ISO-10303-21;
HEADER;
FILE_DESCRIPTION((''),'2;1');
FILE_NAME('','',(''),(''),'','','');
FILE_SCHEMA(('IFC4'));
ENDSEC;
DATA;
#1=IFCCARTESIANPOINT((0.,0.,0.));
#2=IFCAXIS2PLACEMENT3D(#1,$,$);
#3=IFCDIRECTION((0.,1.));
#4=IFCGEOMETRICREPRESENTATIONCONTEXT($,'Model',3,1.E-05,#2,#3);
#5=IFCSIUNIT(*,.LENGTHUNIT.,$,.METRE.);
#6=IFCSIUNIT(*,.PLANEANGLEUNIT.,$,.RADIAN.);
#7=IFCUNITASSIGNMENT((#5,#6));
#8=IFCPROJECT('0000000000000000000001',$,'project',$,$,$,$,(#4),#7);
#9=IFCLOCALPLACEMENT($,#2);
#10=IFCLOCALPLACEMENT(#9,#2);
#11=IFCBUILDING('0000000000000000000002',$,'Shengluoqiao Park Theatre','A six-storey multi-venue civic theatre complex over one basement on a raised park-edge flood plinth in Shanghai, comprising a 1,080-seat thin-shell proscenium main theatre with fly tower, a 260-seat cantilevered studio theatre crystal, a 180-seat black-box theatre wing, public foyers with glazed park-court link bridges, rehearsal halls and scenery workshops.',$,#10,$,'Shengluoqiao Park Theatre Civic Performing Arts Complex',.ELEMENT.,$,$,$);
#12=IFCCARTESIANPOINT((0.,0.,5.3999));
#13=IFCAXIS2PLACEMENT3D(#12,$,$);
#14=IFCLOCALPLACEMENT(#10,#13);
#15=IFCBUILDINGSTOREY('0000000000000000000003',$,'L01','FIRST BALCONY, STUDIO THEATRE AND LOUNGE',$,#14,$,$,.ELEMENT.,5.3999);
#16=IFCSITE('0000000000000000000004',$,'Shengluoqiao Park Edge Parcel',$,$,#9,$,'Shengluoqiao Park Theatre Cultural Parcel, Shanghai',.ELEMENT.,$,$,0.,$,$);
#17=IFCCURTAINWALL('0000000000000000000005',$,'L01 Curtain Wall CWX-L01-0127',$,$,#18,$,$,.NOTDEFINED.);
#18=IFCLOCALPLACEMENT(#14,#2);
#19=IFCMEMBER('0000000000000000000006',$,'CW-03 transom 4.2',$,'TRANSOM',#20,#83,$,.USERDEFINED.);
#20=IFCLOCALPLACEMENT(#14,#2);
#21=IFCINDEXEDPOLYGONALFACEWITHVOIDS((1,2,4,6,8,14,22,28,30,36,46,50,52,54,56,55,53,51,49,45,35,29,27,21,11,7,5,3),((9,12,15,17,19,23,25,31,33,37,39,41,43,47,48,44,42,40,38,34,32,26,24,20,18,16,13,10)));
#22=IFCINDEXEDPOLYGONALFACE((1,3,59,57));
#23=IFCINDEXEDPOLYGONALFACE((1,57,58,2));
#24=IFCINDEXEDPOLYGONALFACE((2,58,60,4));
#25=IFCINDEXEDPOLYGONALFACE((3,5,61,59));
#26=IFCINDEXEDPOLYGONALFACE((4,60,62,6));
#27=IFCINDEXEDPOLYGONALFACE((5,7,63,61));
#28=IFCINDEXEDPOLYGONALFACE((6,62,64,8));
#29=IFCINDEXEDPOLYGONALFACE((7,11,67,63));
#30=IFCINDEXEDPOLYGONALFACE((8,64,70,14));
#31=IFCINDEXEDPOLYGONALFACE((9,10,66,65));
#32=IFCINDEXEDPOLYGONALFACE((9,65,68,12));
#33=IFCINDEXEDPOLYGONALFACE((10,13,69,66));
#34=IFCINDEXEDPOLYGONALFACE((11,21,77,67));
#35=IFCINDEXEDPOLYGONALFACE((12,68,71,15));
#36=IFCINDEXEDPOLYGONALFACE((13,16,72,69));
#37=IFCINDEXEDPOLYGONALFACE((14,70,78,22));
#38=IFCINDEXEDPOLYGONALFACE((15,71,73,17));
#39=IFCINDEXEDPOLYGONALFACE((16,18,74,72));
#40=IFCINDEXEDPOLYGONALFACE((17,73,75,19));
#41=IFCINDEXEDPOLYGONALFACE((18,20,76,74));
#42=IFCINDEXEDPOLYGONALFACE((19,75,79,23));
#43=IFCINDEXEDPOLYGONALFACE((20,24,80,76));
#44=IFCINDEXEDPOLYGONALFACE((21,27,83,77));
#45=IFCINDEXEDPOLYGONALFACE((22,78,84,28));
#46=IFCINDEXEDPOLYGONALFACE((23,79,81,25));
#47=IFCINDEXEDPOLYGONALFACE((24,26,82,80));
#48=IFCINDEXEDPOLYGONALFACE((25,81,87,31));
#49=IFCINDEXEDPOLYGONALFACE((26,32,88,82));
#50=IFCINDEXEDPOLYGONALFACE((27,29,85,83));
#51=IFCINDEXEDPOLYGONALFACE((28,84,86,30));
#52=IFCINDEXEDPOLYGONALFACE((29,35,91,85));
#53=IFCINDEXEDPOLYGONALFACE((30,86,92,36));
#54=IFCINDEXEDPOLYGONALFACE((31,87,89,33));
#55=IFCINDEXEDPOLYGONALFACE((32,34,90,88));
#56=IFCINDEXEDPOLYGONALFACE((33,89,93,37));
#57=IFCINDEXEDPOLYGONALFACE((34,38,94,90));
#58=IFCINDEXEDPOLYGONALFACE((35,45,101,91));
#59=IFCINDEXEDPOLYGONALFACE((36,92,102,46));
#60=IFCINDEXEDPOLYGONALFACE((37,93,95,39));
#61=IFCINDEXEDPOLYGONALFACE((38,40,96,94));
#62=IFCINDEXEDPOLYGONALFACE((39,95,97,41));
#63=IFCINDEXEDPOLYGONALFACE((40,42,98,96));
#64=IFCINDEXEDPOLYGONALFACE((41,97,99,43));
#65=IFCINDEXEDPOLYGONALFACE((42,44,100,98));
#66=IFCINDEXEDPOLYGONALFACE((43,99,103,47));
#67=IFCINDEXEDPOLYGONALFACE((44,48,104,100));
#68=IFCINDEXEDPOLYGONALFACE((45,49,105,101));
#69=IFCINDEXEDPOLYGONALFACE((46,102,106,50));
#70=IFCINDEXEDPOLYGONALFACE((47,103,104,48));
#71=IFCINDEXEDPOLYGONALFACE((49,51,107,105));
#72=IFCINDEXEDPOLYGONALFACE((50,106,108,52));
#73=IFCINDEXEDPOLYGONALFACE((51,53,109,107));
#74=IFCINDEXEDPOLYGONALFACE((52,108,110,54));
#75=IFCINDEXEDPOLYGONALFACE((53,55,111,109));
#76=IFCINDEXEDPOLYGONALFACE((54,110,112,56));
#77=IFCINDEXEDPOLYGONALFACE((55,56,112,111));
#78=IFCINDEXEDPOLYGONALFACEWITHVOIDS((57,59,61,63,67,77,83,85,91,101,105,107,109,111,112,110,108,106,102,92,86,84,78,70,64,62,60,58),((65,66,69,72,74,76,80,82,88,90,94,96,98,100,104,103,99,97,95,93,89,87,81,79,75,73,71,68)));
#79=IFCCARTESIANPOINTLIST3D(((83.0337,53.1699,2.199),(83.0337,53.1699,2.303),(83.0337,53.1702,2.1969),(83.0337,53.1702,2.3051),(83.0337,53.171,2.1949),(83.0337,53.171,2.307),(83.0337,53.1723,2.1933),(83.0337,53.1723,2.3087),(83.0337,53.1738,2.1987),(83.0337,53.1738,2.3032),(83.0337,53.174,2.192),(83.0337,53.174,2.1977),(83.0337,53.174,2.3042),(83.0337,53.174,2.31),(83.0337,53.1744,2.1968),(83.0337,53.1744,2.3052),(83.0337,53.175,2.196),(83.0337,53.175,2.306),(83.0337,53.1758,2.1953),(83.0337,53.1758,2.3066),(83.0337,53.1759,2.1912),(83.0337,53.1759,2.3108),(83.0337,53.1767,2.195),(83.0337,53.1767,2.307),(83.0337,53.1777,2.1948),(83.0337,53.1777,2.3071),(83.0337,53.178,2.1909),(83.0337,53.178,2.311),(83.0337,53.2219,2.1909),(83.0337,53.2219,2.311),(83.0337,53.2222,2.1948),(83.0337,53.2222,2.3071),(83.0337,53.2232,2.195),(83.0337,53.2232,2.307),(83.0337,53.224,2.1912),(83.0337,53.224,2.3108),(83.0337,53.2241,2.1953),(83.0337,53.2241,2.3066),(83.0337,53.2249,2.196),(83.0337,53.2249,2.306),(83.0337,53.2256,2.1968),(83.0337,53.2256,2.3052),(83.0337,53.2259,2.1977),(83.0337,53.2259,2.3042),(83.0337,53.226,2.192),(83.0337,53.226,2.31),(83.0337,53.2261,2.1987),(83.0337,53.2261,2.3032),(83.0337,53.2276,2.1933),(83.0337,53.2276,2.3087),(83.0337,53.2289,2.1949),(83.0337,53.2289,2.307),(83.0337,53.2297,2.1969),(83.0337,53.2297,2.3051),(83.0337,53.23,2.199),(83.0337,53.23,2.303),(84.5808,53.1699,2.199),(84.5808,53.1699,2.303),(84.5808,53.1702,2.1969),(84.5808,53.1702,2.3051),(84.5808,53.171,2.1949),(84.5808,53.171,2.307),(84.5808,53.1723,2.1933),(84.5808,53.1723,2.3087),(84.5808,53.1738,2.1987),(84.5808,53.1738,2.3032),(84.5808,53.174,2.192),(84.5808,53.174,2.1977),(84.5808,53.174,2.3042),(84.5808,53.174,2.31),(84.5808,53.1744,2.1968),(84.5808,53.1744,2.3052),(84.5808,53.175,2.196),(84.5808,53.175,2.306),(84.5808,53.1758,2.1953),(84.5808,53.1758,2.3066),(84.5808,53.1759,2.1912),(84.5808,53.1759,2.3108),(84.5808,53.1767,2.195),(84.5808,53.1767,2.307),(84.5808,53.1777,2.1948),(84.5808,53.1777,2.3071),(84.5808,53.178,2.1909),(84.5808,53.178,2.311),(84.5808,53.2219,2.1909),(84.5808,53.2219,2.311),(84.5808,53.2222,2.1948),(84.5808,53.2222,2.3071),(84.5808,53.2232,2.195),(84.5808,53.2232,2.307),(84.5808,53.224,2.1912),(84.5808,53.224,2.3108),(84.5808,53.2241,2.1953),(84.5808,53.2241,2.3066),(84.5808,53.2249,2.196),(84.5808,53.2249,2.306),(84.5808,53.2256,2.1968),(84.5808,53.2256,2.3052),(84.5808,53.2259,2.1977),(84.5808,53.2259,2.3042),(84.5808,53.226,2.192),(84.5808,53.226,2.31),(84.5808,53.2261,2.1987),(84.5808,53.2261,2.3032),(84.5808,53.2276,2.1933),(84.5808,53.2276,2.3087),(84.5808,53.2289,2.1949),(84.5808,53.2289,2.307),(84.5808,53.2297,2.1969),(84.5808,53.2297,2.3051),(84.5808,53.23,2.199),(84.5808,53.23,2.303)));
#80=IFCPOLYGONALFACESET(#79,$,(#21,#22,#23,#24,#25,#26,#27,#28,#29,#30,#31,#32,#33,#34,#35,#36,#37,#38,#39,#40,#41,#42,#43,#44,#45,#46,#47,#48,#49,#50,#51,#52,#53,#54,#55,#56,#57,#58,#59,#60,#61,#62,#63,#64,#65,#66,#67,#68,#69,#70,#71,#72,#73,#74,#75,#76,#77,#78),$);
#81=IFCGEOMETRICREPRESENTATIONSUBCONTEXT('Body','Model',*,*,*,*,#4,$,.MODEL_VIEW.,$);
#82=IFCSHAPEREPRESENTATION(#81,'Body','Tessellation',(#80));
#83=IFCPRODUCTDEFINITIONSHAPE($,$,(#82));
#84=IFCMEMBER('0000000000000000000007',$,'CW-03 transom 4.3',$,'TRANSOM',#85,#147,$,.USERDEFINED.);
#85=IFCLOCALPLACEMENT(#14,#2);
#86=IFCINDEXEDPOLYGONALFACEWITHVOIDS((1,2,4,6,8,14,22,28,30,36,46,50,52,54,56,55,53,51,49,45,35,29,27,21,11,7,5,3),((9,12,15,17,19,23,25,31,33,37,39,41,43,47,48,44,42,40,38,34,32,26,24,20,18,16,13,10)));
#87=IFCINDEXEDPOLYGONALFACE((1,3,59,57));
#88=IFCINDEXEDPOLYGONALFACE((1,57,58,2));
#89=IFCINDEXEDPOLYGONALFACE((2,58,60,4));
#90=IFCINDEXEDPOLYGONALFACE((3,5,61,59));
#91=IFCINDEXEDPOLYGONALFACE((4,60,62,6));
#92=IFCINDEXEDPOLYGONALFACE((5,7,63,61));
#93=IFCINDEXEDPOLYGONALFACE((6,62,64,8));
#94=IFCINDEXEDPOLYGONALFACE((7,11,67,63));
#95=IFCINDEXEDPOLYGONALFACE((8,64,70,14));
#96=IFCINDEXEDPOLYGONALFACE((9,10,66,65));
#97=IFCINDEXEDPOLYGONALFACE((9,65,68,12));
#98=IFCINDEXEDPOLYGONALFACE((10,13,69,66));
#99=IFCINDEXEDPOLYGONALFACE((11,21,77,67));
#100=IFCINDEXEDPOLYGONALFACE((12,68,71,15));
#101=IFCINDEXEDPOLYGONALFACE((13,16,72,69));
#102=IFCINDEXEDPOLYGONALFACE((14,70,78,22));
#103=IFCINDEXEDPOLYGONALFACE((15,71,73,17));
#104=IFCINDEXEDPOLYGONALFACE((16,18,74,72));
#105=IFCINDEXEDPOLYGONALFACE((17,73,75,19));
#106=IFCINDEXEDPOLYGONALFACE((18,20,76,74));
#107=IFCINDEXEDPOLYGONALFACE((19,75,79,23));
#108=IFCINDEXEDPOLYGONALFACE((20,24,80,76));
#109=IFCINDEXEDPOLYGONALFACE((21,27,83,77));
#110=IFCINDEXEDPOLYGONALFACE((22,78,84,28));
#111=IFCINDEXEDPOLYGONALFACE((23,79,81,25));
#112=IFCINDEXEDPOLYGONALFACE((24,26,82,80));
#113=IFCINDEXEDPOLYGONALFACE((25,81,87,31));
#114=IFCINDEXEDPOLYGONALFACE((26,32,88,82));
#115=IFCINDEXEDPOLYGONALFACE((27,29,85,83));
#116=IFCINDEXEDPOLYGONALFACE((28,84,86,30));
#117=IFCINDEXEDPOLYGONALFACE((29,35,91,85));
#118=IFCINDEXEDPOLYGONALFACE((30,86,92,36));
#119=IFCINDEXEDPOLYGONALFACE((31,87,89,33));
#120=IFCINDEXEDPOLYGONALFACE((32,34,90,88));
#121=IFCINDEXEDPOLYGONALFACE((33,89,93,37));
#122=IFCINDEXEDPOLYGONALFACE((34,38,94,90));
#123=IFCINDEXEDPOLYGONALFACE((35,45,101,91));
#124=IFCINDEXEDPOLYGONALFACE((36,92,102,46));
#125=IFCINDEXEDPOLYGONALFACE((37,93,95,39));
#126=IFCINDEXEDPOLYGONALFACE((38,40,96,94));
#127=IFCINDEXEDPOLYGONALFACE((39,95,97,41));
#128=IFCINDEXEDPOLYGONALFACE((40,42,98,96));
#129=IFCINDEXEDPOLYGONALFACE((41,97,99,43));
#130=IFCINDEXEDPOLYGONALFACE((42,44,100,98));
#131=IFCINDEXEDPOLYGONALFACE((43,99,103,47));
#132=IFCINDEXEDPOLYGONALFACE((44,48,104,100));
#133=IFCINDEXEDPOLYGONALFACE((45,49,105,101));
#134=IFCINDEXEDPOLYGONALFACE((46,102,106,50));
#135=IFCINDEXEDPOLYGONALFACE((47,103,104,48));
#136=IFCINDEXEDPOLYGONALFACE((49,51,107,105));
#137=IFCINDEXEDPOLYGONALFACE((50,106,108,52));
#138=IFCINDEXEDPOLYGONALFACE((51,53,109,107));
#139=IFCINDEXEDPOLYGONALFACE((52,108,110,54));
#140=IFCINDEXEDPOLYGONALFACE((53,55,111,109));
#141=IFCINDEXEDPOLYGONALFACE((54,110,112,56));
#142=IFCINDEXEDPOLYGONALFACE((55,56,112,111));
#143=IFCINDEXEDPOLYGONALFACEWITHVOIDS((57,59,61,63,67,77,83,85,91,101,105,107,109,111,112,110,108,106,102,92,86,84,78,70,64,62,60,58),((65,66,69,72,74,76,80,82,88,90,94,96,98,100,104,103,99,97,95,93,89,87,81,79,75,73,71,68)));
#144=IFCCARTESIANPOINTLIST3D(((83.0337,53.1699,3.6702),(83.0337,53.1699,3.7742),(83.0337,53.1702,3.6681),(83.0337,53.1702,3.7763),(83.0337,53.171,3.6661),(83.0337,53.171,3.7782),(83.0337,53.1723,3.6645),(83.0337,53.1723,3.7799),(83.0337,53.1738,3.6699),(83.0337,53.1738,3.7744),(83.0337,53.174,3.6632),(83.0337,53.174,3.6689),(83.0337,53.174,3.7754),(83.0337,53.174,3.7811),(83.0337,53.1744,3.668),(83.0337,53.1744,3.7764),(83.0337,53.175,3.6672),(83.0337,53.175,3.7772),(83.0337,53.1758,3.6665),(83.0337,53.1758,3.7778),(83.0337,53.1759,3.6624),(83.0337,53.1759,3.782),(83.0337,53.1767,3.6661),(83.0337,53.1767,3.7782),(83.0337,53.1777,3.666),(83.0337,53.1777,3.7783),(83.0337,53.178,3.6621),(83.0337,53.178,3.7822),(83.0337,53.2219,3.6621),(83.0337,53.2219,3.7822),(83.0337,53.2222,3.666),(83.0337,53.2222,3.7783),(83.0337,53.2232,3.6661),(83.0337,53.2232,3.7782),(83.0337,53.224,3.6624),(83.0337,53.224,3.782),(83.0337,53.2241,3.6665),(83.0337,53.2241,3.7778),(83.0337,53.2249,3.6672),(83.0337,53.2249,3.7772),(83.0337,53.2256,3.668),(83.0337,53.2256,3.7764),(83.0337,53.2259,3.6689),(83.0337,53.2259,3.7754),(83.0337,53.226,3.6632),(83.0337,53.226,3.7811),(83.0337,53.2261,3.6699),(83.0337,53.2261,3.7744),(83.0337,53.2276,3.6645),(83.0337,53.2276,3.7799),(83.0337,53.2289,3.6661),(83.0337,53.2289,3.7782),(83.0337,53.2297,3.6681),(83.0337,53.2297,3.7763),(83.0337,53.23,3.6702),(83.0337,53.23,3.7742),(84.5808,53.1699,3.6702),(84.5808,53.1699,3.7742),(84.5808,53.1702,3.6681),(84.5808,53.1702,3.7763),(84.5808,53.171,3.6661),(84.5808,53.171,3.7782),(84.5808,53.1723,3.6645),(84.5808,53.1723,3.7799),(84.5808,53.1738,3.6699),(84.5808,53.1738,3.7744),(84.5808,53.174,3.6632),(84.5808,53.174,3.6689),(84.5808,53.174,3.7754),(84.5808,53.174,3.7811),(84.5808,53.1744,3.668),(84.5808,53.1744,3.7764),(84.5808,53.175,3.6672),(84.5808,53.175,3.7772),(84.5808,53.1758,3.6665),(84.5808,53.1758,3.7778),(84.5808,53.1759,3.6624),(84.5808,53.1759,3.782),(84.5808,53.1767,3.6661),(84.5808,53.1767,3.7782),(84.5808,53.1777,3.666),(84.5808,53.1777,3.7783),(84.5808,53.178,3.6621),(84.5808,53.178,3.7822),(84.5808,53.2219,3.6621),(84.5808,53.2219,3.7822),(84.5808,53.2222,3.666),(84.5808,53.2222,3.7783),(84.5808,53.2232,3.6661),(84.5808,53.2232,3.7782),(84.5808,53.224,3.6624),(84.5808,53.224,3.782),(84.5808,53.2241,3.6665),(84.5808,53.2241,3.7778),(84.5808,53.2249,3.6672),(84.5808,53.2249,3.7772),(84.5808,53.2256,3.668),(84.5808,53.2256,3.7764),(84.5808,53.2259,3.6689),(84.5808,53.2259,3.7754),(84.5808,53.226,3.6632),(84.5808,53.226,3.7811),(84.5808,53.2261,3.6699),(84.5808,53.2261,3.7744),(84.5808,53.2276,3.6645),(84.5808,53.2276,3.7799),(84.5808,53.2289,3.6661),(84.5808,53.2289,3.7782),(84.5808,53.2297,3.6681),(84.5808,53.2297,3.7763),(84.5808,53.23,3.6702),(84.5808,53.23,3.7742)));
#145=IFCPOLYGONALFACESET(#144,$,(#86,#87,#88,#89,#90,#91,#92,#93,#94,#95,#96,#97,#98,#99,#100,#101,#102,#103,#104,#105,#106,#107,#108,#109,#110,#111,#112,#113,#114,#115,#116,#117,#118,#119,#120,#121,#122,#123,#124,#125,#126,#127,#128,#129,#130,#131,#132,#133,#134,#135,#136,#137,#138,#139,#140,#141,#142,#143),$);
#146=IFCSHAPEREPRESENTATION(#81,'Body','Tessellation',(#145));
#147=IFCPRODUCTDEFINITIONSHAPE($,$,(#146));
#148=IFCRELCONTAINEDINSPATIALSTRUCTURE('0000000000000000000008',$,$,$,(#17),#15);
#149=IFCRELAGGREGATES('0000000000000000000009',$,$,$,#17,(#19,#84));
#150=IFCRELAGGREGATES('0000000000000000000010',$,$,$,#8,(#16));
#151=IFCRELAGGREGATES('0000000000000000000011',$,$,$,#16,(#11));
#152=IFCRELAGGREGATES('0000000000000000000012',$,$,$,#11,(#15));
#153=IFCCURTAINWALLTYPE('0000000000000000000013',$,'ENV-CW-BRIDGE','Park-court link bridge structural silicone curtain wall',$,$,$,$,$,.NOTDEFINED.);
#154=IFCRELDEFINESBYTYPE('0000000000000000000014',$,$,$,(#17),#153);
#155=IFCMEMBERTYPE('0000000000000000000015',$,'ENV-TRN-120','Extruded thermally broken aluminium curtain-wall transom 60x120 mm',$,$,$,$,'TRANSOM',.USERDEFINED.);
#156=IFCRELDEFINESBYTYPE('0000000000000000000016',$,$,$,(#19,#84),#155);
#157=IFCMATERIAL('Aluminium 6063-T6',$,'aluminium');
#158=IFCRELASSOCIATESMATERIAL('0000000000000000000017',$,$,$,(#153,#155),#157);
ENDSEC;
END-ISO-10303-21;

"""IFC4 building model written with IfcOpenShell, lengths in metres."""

from ifc_helpers import new_model, si_unit, direction, frame, origin, origin_2d, place, context, subcontext, project, spatial, hollow_rectangle, extrude, material, material_profile, profile_set, type_object, element, aggregate, save


model = new_model("IFC4")

# Units and contexts
model_context = context("Model", 3, precision=1e-05, world=origin(), true_north=direction((0.0, 1.0)))
body_context = subcontext(model_context, "Body", "Model", "MODEL_VIEW")
ifc_project = project(units=[si_unit("LENGTHUNIT", "METRE"), si_unit("PLANEANGLEUNIT", "RADIAN")], contexts=[model_context])

# Site, building, storey
site_placement = place(None, origin())
site = spatial("IfcSite", under=ifc_project, at=site_placement, Name="Shengluoqiao Park Edge Parcel", LongName="Shengluoqiao Park Theatre Cultural Parcel, Shanghai", CompositionType="ELEMENT", RefElevation=0.0)
building_placement = place(site_placement, origin())
building = spatial("IfcBuilding", under=site, at=building_placement, Name="Shengluoqiao Park Theatre", Description="A six-storey multi-venue civic theatre complex over one basement on a raised park-edge flood plinth in Shanghai, comprising a 1,080-seat thin-shell proscenium main theatre with fly tower, a 260-seat cantilevered studio theatre crystal, a 180-seat black-box theatre wing, public foyers with glazed park-court link bridges, rehearsal halls and scenery workshops.", LongName="Shengluoqiao Park Theatre Civic Performing Arts Complex", CompositionType="ELEMENT")
storey_placement = place(building_placement, frame((0.0, 0.0, 5.3999)))
storey = spatial("IfcBuildingStorey", under=building, at=storey_placement, Name="L01", Description="FIRST BALCONY, STUDIO THEATRE AND LOUNGE", CompositionType="ELEMENT", Elevation=5.3999)

# Curtain wall, members
ifc_material_1 = material(Name="Aluminium 6063-T6", Category="aluminium")
curtain_wall_type = type_object("IfcCurtainWallType", Name="ENV-CW-BRIDGE", Description="Park-court link bridge structural silicone curtain wall", PredefinedType="NOTDEFINED", material=ifc_material_1)
curtain_wall_placement = place(storey_placement, origin())
curtain_wall = element("IfcCurtainWall", 1, at=curtain_wall_placement, inside=storey, type_object=curtain_wall_type, Name="L01 Curtain Wall CWX-L01-0127", PredefinedType="NOTDEFINED")
ifc_material_profile_1 = material_profile(ifc_material_1, hollow_rectangle(XDim=0.0601, YDim=0.1201, WallThickness=0.0039, InnerFilletRadius=0.0039, OuterFilletRadius=0.0081, at=origin_2d()), Name="ALU TRANSOM 120x60x4")
ifc_profile_set_1 = profile_set([ifc_material_profile_1], Name="Aluminium 6063-T6")
member_type_1 = type_object("IfcMemberType", Name="ENV-TRN-120", Description="Extruded thermally broken aluminium curtain-wall transom 60x120 mm", ElementType="TRANSOM", PredefinedType="USERDEFINED", material=ifc_profile_set_1)
member_1_placement = place(storey_placement, frame((83.0337, 53.2, 2.251), z_axis=(1.0, 0.0, 0.0), x_axis=(0.0, 1.0, 0.0)))
member_1 = element("IfcMember", 2, at=member_1_placement, type_object=member_type_1, Name="CW-03 transom 4.2", ObjectType="TRANSOM", PredefinedType="USERDEFINED", context=body_context, shape_type="SweptSolid", body=[
    extrude(hollow_rectangle(XDim=0.0601, YDim=0.1201, WallThickness=0.0039, InnerFilletRadius=0.0039, OuterFilletRadius=0.0081, at=origin_2d()), origin(), (0.0, 0.0, 1.0), 1.5471),
])
member_2_placement = place(storey_placement, frame((83.0337, 53.2, 3.7222), z_axis=(1.0, 0.0, 0.0), x_axis=(0.0, 1.0, 0.0)))
member_2 = element("IfcMember", 3, at=member_2_placement, type_object=member_type_1, Name="CW-03 transom 4.3", ObjectType="TRANSOM", PredefinedType="USERDEFINED", context=body_context, shape_type="SweptSolid", body=[
    extrude(hollow_rectangle(XDim=0.0601, YDim=0.1201, WallThickness=0.0039, InnerFilletRadius=0.0039, OuterFilletRadius=0.0081, at=origin_2d()), origin(), (0.0, 0.0, 1.0), 1.5471),
])

aggregate(curtain_wall, [member_1, member_2])

save(model, "model.ifc")
